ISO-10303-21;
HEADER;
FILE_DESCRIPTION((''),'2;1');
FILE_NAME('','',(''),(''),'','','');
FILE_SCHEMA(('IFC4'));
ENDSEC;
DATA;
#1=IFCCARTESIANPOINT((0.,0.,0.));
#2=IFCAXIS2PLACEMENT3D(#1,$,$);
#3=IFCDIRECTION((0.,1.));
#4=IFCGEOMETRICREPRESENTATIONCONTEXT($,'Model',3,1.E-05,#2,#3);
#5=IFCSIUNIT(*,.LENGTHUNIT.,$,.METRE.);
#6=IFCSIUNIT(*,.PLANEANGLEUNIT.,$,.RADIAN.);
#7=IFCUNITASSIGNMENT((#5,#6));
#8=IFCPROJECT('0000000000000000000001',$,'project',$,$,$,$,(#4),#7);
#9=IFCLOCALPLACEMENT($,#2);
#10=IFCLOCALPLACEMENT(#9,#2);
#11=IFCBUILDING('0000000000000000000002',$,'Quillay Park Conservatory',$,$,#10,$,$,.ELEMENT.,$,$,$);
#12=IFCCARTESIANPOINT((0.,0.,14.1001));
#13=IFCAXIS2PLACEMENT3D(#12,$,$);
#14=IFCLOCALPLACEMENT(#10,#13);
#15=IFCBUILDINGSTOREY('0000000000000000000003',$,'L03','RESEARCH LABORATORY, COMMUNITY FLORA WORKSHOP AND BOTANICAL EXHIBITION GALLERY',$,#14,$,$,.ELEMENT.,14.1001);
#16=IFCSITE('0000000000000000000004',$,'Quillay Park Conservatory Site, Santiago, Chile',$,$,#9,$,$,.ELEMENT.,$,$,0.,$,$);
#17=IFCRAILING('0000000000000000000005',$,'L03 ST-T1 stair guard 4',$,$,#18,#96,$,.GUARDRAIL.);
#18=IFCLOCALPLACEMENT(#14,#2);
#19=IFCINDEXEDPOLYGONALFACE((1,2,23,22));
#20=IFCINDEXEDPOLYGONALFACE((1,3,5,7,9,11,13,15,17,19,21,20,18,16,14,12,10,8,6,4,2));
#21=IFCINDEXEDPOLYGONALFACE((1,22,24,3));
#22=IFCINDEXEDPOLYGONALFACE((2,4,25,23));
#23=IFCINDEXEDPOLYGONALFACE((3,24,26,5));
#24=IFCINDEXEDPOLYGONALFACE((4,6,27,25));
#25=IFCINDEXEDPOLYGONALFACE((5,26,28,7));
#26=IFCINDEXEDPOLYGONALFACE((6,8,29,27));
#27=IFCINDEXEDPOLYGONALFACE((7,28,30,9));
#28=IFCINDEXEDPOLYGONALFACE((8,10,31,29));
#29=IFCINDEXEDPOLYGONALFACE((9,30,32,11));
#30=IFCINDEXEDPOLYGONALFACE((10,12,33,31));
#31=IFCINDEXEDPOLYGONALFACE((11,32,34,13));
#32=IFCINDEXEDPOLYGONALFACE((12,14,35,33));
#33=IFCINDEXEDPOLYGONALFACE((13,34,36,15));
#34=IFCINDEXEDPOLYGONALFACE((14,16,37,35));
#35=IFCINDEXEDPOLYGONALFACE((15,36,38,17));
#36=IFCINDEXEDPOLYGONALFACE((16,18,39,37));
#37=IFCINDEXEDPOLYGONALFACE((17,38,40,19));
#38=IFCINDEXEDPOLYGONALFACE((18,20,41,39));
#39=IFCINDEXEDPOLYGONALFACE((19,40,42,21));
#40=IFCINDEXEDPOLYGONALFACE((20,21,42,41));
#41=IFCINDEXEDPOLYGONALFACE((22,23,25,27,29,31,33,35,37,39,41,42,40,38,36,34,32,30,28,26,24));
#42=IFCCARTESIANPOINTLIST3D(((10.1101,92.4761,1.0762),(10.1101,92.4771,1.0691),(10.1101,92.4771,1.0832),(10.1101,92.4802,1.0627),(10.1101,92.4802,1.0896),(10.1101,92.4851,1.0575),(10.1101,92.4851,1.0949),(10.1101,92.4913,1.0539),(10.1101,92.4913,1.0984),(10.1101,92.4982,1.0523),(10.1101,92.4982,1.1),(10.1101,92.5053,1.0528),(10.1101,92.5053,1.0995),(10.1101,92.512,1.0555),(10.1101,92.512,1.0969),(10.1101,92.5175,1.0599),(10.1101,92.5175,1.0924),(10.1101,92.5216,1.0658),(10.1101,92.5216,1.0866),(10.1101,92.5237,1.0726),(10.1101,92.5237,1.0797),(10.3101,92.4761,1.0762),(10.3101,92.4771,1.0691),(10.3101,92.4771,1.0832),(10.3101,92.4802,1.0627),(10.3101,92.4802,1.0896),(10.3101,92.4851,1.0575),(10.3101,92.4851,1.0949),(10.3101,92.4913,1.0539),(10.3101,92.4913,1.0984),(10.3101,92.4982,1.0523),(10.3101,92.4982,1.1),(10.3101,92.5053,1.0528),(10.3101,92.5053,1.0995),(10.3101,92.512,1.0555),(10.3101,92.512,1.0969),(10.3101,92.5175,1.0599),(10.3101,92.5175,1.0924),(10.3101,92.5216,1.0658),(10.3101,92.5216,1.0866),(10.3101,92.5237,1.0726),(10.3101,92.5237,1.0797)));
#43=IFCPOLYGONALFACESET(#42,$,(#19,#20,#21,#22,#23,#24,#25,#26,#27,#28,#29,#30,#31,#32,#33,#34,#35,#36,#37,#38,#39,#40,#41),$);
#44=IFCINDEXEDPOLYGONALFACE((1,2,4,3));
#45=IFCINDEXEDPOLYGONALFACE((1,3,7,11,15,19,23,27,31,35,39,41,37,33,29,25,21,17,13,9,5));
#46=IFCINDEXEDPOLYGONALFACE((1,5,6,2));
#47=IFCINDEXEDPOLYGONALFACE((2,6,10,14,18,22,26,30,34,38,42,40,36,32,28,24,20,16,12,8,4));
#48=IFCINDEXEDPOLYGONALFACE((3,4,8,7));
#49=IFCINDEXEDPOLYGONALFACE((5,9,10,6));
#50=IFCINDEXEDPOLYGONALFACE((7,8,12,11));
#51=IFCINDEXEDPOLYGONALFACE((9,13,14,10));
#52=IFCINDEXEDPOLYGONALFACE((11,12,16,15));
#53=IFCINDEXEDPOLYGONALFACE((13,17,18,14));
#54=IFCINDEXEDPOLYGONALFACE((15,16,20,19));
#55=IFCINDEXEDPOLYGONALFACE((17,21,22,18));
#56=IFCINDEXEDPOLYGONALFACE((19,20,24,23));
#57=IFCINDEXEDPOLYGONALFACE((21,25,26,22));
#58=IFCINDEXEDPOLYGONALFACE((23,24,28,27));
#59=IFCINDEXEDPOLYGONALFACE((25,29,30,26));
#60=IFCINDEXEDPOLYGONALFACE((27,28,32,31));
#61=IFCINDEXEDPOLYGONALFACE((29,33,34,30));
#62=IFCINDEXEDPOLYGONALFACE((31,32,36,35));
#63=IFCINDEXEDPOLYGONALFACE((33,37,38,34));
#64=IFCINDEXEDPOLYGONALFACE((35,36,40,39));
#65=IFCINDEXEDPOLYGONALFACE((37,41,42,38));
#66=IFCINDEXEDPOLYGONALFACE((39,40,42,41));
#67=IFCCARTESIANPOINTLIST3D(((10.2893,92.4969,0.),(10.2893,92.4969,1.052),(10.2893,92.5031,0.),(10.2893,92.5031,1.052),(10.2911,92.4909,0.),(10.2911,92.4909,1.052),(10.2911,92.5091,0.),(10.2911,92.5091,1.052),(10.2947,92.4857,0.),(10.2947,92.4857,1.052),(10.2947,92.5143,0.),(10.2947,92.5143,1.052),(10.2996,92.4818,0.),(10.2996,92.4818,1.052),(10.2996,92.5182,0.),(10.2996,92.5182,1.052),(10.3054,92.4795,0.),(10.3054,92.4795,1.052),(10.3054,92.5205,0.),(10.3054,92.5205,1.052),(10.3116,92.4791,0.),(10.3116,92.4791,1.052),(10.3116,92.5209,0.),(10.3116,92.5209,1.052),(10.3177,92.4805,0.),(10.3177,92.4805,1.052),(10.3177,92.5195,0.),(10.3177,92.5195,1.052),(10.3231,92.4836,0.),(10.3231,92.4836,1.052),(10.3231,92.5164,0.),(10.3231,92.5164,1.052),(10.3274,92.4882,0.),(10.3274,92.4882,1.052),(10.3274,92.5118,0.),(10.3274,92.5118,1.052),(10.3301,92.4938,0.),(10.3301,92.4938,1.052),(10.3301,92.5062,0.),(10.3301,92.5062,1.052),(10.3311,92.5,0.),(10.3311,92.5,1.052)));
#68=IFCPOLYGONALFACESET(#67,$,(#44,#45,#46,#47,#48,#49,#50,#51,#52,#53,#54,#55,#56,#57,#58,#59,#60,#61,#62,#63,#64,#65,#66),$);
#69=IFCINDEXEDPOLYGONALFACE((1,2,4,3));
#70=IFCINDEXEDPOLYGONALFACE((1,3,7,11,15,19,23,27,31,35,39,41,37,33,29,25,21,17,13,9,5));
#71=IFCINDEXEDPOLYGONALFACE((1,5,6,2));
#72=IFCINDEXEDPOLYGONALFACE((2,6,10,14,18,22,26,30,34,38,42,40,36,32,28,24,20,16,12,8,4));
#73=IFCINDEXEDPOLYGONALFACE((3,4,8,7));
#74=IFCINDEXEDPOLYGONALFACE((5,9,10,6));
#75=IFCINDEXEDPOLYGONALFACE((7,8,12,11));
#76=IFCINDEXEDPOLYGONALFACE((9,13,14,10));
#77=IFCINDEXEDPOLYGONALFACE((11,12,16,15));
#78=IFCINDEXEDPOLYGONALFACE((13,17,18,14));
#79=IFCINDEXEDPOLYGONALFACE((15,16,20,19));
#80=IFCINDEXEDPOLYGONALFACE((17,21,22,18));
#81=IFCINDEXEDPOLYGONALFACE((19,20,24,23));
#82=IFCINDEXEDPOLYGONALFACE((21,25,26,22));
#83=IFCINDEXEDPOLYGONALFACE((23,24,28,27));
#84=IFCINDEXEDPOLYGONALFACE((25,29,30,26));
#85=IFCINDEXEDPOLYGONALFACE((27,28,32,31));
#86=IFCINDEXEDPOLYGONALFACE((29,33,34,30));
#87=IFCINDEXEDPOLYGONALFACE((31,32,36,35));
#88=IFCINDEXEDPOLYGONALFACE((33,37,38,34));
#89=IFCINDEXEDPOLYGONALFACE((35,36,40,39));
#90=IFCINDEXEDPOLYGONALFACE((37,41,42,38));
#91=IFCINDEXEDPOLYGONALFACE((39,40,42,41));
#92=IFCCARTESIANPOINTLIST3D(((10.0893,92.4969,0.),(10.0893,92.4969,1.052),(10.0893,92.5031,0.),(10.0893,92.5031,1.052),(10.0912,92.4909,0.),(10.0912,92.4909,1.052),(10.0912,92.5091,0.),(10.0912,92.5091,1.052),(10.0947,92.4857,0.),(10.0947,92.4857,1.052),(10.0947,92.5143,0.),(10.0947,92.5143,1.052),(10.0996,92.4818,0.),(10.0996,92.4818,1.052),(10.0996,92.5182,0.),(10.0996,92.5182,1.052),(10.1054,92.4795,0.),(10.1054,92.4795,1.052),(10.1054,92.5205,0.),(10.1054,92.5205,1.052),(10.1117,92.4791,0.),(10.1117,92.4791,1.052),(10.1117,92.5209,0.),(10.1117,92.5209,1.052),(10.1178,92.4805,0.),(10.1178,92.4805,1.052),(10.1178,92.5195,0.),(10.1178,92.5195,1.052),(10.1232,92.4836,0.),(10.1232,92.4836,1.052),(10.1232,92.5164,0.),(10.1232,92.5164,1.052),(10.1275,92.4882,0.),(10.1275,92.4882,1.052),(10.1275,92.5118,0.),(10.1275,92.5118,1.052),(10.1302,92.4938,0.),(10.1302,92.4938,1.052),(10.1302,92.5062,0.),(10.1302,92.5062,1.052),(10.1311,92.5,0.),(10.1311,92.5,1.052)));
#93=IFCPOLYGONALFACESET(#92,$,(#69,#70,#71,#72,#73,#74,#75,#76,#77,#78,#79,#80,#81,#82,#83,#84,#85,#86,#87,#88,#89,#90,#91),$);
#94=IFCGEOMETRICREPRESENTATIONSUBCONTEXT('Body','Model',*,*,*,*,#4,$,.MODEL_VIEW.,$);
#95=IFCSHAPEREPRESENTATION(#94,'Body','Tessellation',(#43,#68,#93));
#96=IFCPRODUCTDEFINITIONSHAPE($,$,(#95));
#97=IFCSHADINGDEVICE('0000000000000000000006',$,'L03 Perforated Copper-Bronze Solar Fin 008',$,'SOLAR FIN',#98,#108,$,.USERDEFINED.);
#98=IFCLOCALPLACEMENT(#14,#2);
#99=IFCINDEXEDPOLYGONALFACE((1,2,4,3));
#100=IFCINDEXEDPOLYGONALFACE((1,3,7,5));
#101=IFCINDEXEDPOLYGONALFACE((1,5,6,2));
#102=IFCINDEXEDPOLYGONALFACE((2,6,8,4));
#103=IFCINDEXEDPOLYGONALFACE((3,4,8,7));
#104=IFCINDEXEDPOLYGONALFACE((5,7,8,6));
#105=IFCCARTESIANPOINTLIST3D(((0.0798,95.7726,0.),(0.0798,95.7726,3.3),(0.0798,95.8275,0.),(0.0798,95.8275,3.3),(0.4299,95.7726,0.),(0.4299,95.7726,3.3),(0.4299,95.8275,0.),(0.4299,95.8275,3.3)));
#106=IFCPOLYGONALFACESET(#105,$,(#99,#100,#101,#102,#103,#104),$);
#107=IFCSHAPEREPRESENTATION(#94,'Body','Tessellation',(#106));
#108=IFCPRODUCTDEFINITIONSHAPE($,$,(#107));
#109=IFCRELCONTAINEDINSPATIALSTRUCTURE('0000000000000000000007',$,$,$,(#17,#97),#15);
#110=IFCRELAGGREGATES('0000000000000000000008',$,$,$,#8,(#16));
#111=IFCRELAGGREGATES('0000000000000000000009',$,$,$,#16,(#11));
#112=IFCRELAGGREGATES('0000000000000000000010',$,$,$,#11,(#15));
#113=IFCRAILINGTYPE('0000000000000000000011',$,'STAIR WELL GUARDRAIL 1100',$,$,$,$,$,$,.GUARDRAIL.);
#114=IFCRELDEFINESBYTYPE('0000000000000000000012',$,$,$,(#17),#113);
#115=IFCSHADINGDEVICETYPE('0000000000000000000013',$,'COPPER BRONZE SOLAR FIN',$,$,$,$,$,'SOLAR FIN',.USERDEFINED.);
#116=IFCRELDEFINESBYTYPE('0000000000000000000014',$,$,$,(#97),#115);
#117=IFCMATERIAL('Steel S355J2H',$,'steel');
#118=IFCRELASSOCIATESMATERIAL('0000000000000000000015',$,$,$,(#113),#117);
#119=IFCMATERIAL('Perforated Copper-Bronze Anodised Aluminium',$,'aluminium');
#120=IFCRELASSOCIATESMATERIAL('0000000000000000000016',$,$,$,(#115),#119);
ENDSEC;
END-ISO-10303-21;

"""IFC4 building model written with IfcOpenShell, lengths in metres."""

from ifc_helpers import new_model, si_unit, direction, frame, origin, origin_2d, place, context, subcontext, project, spatial, rectangle, circle, extrude, material, type_object, element, save


model = new_model("IFC4")

# Units and contexts
model_context = context("Model", 3, precision=1e-05, world=origin(), true_north=direction((0.0, 1.0)))
body_context = subcontext(model_context, "Body", "Model", "MODEL_VIEW")
ifc_project = project(units=[si_unit("LENGTHUNIT", "METRE"), si_unit("PLANEANGLEUNIT", "RADIAN")], contexts=[model_context])

# Site, building, storey
site_placement = place(None, origin())
site = spatial("IfcSite", under=ifc_project, at=site_placement, Name="Quillay Park Conservatory Site, Santiago, Chile", CompositionType="ELEMENT", RefElevation=0.0)
building_placement = place(site_placement, origin())
building = spatial("IfcBuilding", under=site, at=building_placement, Name="Quillay Park Conservatory", CompositionType="ELEMENT")
storey_placement = place(building_placement, frame((0.0, 0.0, 14.1001)))
storey = spatial("IfcBuildingStorey", under=building, at=storey_placement, Name="L03", Description="RESEARCH LABORATORY, COMMUNITY FLORA WORKSHOP AND BOTANICAL EXHIBITION GALLERY", CompositionType="ELEMENT", Elevation=14.1001)

# Railing
ifc_material_1 = material(Name="Steel S355J2H", Category="steel")
railing_type_1 = type_object("IfcRailingType", Name="STAIR WELL GUARDRAIL 1100", PredefinedType="GUARDRAIL", material=ifc_material_1)
railing_1_placement = place(storey_placement, frame((10.3101, 92.5, 0.0)))
element("IfcRailing", 1, at=railing_1_placement, inside=storey, type_object=railing_type_1, Name="L03 ST-T1 stair guard 4", PredefinedType="GUARDRAIL", context=body_context, shape_type="SweptSolid", body=[
    extrude(circle(Radius=0.0239, at=origin_2d()), frame((0.0, 0.0, 1.0762), z_axis=(-1.0, 0.0, 0.0), x_axis=(0.0, -1.0, 0.0)), (0.0, 0.0, 1.0), 0.2),
    extrude(circle(Radius=0.021, at=origin_2d()), origin(), (0.0, 0.0, 1.0), 1.052),
    extrude(circle(Radius=0.021, at=origin_2d()), frame((-0.2, 0.0, 0.0)), (0.0, 0.0, 1.0), 1.052),
])

# Shading device
ifc_material_2 = material(Name="Perforated Copper-Bronze Anodised Aluminium", Category="aluminium")
shading_device_type = type_object("IfcShadingDeviceType", Name="COPPER BRONZE SOLAR FIN", ElementType="SOLAR FIN", PredefinedType="USERDEFINED", material=ifc_material_2)
shading_device_placement = place(storey_placement, frame((0.2549, 95.8, 0.0), z_axis=(0.0, 0.0, 1.0), x_axis=(1.0, 0.0, 0.0)))
element("IfcShadingDevice", 2, at=shading_device_placement, inside=storey, type_object=shading_device_type, Name="L03 Perforated Copper-Bronze Solar Fin 008", ObjectType="SOLAR FIN", PredefinedType="USERDEFINED", context=body_context, shape_type="SweptSolid", body=[
    extrude(rectangle(XDim=0.3501, YDim=0.0549, at=origin_2d()), origin(), (0.0, 0.0, 1.0), 3.3),
])

save(model, "model.ifc")
